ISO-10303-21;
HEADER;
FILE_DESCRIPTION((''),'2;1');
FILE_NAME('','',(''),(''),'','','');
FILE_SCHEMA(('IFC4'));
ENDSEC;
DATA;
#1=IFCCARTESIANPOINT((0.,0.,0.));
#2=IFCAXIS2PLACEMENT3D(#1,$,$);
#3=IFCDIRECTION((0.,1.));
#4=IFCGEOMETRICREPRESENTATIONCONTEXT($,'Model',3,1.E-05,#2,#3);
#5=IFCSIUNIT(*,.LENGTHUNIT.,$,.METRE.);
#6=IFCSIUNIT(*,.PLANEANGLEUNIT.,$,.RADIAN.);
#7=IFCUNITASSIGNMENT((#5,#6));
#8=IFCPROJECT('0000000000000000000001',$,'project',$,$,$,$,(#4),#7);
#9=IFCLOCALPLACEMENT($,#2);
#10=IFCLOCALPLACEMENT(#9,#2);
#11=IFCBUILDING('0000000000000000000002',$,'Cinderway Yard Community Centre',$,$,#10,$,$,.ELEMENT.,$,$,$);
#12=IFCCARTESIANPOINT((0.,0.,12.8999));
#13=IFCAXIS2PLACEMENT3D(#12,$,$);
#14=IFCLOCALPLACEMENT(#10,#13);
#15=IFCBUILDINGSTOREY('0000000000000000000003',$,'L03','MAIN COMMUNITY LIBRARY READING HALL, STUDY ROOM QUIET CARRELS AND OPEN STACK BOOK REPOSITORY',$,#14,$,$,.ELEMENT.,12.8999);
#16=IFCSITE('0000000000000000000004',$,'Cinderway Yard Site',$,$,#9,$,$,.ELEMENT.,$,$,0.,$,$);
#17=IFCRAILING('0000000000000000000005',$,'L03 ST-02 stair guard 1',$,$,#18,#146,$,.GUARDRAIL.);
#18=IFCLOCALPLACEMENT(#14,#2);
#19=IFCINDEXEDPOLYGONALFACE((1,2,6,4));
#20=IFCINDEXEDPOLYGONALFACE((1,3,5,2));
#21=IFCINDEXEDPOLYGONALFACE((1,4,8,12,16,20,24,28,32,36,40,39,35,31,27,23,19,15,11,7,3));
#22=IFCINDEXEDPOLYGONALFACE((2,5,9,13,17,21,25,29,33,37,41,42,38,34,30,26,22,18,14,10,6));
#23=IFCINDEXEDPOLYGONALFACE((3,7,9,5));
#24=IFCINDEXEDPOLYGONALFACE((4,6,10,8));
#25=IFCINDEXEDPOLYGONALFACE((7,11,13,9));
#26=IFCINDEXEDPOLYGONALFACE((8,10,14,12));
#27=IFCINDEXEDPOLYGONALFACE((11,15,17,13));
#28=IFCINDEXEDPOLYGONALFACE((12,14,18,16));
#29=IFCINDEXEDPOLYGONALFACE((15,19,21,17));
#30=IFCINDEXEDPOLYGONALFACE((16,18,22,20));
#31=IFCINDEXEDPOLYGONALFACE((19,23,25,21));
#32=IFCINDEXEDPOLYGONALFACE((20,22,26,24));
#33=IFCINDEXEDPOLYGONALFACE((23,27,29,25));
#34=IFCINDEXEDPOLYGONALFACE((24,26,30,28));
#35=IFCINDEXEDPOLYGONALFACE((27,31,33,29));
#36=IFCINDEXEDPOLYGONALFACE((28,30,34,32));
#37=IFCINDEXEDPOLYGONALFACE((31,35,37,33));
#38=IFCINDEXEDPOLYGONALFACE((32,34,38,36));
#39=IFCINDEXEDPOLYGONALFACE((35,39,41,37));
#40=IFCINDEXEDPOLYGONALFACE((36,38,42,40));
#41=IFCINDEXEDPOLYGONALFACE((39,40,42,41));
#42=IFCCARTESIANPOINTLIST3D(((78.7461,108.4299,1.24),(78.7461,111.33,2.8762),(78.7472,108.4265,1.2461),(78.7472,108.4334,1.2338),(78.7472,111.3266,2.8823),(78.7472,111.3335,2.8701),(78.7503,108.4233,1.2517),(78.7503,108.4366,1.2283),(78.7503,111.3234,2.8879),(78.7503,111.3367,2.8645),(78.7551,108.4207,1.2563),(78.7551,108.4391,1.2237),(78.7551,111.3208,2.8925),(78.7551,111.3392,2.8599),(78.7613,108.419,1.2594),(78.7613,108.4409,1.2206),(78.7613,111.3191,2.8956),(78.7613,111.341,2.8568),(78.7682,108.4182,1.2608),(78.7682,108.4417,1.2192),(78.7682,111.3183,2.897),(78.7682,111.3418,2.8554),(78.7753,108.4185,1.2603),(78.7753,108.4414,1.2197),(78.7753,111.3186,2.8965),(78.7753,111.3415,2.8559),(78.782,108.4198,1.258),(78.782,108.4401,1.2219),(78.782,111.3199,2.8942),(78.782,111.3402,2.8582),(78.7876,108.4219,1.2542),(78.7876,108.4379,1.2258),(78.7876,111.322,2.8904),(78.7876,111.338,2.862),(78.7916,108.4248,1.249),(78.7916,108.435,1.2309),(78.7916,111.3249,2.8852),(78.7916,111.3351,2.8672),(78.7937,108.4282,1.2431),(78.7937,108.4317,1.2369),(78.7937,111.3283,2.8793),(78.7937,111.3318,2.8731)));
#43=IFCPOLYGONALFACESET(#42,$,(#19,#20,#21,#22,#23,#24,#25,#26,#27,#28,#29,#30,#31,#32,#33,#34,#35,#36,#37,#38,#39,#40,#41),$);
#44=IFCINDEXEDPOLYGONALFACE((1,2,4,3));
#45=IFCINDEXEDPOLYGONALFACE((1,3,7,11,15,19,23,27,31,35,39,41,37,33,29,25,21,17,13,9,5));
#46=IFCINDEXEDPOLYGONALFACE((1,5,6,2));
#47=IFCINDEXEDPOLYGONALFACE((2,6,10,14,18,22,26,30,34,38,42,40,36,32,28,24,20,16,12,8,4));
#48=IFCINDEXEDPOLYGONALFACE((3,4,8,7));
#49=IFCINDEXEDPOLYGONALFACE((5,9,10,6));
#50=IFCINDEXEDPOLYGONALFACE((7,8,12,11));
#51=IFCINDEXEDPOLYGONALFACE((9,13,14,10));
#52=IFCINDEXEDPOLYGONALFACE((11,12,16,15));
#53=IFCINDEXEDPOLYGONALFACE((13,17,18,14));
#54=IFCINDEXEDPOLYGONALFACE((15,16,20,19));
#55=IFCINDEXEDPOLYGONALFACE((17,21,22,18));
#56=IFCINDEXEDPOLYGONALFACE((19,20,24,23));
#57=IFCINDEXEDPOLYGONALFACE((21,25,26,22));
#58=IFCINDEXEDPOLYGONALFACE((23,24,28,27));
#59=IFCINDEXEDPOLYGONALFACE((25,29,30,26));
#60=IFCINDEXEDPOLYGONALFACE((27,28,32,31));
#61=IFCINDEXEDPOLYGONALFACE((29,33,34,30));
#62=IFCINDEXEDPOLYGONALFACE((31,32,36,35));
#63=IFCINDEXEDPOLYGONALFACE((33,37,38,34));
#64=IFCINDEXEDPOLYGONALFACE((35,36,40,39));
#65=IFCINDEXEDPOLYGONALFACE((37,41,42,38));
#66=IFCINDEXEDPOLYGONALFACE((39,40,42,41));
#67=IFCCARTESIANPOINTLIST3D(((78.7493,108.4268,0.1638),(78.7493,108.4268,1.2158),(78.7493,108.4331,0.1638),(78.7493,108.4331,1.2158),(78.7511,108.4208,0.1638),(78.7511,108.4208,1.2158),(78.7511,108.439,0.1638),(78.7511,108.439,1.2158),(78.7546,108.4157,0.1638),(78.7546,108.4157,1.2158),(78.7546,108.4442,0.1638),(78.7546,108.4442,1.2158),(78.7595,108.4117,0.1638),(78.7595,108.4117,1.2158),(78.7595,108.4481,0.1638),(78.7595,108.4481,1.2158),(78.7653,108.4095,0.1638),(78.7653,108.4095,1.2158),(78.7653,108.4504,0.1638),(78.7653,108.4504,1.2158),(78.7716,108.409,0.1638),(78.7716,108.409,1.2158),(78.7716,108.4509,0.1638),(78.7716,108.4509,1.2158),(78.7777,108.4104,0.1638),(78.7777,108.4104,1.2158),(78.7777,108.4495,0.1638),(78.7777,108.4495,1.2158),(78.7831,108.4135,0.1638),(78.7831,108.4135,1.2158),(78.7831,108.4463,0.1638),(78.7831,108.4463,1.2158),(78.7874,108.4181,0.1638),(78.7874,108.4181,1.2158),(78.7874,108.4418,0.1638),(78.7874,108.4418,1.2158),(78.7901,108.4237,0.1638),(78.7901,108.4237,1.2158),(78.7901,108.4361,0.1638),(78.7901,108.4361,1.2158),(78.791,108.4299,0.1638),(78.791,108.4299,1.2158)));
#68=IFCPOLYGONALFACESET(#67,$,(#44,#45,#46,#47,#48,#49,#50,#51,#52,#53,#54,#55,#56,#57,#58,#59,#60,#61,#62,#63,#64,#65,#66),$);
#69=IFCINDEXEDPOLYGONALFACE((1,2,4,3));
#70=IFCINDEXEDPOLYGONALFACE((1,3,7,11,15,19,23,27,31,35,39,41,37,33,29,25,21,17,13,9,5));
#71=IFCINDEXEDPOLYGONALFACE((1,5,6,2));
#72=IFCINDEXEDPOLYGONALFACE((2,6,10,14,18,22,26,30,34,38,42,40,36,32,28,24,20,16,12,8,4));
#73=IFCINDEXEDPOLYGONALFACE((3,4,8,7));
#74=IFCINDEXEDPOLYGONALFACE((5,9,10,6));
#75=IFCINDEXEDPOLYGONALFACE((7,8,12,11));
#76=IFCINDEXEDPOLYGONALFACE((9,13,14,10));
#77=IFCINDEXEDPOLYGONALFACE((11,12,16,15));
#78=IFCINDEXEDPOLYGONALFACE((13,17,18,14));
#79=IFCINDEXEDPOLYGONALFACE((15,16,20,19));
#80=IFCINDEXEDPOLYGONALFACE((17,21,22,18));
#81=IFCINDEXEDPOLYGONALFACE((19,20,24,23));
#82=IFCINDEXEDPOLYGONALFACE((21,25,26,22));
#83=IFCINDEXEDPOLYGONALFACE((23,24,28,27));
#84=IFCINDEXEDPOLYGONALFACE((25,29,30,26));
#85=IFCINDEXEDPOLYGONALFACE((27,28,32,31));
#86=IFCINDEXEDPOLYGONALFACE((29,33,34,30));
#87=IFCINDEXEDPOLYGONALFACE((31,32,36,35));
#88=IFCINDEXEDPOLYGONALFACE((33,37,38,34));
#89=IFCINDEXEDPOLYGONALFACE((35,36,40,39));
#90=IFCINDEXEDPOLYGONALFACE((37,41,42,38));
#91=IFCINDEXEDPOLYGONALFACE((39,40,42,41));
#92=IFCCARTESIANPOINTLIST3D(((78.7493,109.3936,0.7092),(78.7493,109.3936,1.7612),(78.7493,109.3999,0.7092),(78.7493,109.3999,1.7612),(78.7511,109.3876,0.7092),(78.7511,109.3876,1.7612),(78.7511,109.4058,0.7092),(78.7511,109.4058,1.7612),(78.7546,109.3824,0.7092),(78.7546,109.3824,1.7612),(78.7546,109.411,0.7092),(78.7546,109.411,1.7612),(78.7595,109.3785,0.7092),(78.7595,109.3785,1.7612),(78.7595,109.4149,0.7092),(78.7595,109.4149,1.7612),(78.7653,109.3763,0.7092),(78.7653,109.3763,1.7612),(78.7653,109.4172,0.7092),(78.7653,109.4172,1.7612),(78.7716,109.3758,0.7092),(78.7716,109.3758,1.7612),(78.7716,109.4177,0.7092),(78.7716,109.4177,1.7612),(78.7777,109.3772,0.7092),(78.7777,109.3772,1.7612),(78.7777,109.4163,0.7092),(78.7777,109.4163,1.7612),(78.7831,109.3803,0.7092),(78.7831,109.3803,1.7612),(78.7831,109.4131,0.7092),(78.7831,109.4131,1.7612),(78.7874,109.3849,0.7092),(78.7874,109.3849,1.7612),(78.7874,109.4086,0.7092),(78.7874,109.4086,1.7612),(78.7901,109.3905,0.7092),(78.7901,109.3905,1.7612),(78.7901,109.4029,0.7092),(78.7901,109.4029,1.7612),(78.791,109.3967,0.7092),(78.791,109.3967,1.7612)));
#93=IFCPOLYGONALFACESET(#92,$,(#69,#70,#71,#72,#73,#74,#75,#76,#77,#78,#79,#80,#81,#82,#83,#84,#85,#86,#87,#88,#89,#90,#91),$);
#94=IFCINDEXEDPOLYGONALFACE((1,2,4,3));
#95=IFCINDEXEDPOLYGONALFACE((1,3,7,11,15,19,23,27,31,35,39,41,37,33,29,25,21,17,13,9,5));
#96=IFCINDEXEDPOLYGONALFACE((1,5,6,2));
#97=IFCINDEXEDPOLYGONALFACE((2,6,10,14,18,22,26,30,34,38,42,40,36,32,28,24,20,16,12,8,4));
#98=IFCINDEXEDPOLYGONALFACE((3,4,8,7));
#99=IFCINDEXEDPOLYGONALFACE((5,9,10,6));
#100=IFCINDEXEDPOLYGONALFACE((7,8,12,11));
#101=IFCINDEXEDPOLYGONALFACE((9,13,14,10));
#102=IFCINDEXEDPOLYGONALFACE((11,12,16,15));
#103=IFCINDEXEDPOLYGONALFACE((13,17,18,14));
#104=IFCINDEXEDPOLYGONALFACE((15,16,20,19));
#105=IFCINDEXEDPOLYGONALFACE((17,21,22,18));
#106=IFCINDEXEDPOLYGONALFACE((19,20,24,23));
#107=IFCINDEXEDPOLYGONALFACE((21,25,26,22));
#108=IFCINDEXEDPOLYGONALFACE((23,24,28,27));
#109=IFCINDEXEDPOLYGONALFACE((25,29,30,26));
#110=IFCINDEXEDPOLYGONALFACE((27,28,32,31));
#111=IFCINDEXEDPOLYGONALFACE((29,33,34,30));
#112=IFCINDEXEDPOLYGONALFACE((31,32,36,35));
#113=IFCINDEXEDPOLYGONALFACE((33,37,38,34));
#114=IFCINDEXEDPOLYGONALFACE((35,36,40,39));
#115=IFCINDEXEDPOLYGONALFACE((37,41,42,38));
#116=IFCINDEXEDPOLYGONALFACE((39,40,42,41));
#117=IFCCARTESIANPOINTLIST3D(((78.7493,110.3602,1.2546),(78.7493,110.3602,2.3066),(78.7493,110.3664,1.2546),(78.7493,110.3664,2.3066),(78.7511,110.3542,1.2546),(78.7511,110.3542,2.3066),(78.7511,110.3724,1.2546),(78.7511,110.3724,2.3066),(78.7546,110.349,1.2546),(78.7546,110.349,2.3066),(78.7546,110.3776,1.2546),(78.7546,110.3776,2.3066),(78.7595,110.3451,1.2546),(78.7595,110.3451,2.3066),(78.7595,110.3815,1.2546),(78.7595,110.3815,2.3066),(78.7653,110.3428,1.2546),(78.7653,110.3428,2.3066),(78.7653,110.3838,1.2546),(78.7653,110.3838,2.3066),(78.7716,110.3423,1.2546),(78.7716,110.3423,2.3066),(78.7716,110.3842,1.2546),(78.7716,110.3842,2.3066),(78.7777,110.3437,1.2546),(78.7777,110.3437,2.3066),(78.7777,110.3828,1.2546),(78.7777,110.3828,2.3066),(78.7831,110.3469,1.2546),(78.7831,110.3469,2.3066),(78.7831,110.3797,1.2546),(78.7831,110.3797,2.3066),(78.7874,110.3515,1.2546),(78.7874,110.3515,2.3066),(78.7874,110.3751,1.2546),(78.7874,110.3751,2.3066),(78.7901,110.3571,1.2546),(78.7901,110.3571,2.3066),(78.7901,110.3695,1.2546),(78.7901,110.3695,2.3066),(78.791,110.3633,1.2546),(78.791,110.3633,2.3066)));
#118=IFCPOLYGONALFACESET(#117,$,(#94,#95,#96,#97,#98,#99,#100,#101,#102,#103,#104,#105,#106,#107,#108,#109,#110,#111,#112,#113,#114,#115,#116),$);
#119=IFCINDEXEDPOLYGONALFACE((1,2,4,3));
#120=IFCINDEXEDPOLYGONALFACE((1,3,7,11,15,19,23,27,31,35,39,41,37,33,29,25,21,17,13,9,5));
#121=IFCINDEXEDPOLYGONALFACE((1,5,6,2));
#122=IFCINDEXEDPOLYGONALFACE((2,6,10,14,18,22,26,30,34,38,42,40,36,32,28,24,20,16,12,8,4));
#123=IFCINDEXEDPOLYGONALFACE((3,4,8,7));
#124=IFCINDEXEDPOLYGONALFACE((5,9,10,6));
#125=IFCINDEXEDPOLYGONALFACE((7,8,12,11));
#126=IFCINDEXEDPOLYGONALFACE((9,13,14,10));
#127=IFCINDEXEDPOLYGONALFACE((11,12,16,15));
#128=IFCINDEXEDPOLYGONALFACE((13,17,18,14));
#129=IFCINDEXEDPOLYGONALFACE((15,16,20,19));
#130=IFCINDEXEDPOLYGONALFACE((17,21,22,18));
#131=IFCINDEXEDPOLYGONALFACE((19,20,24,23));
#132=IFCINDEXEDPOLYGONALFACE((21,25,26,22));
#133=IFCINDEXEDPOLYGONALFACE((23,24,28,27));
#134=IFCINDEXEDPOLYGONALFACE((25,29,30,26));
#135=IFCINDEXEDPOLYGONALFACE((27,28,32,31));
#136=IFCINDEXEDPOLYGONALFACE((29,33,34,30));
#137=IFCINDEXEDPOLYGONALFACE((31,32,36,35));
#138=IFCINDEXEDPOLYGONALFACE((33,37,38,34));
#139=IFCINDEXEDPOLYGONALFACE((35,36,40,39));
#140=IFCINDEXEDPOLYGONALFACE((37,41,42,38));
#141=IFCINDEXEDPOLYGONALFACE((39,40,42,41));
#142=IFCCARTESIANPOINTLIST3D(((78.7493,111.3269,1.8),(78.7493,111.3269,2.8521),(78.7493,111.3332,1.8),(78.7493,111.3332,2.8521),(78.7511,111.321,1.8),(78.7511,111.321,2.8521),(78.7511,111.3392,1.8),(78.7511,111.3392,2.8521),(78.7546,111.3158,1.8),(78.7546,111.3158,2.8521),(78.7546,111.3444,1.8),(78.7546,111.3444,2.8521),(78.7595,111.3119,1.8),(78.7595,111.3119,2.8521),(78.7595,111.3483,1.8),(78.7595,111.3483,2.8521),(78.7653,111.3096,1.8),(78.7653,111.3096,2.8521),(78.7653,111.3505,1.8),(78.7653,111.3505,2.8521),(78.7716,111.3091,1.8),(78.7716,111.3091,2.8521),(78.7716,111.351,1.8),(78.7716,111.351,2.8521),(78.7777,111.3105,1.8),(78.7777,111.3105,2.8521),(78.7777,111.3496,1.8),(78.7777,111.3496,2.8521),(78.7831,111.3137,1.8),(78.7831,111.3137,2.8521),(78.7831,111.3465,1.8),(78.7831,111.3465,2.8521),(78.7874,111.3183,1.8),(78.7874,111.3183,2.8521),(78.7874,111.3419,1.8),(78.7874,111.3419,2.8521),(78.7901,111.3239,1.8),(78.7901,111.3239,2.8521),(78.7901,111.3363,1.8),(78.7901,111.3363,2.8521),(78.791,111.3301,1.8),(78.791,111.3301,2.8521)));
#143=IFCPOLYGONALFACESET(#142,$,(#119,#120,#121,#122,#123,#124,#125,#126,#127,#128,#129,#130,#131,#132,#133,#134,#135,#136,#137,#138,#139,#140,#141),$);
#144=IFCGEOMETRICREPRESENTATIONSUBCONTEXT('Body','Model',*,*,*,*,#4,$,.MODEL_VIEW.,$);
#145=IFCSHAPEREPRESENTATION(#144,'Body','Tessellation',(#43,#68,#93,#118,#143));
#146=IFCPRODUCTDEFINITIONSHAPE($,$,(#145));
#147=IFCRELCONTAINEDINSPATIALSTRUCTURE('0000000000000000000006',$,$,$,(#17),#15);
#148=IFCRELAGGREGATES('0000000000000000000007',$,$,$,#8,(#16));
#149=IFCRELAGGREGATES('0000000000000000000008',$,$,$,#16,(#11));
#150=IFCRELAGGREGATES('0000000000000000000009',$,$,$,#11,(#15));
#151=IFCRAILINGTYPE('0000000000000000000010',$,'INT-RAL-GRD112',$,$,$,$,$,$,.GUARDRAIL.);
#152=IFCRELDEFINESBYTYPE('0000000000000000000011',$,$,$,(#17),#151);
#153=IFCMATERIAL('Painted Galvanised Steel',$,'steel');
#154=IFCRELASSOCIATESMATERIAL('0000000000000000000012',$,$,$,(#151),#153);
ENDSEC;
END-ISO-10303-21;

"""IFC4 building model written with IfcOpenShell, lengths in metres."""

from ifc_helpers import new_model, si_unit, direction, frame, origin, origin_2d, place, context, subcontext, project, spatial, circle, extrude, material, type_object, element, save


model = new_model("IFC4")

# Units and contexts
model_context = context("Model", 3, precision=1e-05, world=origin(), true_north=direction((0.0, 1.0)))
body_context = subcontext(model_context, "Body", "Model", "MODEL_VIEW")
ifc_project = project(units=[si_unit("LENGTHUNIT", "METRE"), si_unit("PLANEANGLEUNIT", "RADIAN")], contexts=[model_context])

# Site, building, storey
site_placement = place(None, origin())
site = spatial("IfcSite", under=ifc_project, at=site_placement, Name="Cinderway Yard Site", CompositionType="ELEMENT", RefElevation=0.0)
building_placement = place(site_placement, origin())
building = spatial("IfcBuilding", under=site, at=building_placement, Name="Cinderway Yard Community Centre", CompositionType="ELEMENT")
storey_placement = place(building_placement, frame((0.0, 0.0, 12.8999)))
storey = spatial("IfcBuildingStorey", under=building, at=storey_placement, Name="L03", Description="MAIN COMMUNITY LIBRARY READING HALL, STUDY ROOM QUIET CARRELS AND OPEN STACK BOOK REPOSITORY", CompositionType="ELEMENT", Elevation=12.8999)

# Shared definitions
ifc_material_1 = material(Name="Painted Galvanised Steel", Category="steel")

# Railing
railing_type_1 = type_object("IfcRailingType", Name="INT-RAL-GRD112", PredefinedType="GUARDRAIL", material=ifc_material_1)
railing_1_placement = place(storey_placement, frame((78.77, 108.4299, 0.1638)))
element("IfcRailing", 1, at=railing_1_placement, inside=storey, type_object=railing_type_1, Name="L03 ST-02 stair guard 1", PredefinedType="GUARDRAIL", context=body_context, shape_type="SweptSolid", body=[
    extrude(circle(Radius=0.0239, at=origin_2d()), frame((0.0, 0.0, 1.0762), z_axis=(0.0, 0.870946, 0.491378), x_axis=(-1.0, 0.0, 0.0)), (0.0, 0.0, 1.0), 3.3298),
    extrude(circle(Radius=0.021, at=origin_2d()), origin(), (0.0, 0.0, 1.0), 1.052),
    extrude(circle(Radius=0.021, at=origin_2d()), frame((0.0, 0.9668, 0.5454)), (0.0, 0.0, 1.0), 1.052),
    extrude(circle(Radius=0.021, at=origin_2d()), frame((0.0, 1.9333, 1.0908)), (0.0, 0.0, 1.0), 1.052),
    extrude(circle(Radius=0.021, at=origin_2d()), frame((0.0, 2.9001, 1.6362)), (0.0, 0.0, 1.0), 1.052),
])

save(model, "model.ifc")
